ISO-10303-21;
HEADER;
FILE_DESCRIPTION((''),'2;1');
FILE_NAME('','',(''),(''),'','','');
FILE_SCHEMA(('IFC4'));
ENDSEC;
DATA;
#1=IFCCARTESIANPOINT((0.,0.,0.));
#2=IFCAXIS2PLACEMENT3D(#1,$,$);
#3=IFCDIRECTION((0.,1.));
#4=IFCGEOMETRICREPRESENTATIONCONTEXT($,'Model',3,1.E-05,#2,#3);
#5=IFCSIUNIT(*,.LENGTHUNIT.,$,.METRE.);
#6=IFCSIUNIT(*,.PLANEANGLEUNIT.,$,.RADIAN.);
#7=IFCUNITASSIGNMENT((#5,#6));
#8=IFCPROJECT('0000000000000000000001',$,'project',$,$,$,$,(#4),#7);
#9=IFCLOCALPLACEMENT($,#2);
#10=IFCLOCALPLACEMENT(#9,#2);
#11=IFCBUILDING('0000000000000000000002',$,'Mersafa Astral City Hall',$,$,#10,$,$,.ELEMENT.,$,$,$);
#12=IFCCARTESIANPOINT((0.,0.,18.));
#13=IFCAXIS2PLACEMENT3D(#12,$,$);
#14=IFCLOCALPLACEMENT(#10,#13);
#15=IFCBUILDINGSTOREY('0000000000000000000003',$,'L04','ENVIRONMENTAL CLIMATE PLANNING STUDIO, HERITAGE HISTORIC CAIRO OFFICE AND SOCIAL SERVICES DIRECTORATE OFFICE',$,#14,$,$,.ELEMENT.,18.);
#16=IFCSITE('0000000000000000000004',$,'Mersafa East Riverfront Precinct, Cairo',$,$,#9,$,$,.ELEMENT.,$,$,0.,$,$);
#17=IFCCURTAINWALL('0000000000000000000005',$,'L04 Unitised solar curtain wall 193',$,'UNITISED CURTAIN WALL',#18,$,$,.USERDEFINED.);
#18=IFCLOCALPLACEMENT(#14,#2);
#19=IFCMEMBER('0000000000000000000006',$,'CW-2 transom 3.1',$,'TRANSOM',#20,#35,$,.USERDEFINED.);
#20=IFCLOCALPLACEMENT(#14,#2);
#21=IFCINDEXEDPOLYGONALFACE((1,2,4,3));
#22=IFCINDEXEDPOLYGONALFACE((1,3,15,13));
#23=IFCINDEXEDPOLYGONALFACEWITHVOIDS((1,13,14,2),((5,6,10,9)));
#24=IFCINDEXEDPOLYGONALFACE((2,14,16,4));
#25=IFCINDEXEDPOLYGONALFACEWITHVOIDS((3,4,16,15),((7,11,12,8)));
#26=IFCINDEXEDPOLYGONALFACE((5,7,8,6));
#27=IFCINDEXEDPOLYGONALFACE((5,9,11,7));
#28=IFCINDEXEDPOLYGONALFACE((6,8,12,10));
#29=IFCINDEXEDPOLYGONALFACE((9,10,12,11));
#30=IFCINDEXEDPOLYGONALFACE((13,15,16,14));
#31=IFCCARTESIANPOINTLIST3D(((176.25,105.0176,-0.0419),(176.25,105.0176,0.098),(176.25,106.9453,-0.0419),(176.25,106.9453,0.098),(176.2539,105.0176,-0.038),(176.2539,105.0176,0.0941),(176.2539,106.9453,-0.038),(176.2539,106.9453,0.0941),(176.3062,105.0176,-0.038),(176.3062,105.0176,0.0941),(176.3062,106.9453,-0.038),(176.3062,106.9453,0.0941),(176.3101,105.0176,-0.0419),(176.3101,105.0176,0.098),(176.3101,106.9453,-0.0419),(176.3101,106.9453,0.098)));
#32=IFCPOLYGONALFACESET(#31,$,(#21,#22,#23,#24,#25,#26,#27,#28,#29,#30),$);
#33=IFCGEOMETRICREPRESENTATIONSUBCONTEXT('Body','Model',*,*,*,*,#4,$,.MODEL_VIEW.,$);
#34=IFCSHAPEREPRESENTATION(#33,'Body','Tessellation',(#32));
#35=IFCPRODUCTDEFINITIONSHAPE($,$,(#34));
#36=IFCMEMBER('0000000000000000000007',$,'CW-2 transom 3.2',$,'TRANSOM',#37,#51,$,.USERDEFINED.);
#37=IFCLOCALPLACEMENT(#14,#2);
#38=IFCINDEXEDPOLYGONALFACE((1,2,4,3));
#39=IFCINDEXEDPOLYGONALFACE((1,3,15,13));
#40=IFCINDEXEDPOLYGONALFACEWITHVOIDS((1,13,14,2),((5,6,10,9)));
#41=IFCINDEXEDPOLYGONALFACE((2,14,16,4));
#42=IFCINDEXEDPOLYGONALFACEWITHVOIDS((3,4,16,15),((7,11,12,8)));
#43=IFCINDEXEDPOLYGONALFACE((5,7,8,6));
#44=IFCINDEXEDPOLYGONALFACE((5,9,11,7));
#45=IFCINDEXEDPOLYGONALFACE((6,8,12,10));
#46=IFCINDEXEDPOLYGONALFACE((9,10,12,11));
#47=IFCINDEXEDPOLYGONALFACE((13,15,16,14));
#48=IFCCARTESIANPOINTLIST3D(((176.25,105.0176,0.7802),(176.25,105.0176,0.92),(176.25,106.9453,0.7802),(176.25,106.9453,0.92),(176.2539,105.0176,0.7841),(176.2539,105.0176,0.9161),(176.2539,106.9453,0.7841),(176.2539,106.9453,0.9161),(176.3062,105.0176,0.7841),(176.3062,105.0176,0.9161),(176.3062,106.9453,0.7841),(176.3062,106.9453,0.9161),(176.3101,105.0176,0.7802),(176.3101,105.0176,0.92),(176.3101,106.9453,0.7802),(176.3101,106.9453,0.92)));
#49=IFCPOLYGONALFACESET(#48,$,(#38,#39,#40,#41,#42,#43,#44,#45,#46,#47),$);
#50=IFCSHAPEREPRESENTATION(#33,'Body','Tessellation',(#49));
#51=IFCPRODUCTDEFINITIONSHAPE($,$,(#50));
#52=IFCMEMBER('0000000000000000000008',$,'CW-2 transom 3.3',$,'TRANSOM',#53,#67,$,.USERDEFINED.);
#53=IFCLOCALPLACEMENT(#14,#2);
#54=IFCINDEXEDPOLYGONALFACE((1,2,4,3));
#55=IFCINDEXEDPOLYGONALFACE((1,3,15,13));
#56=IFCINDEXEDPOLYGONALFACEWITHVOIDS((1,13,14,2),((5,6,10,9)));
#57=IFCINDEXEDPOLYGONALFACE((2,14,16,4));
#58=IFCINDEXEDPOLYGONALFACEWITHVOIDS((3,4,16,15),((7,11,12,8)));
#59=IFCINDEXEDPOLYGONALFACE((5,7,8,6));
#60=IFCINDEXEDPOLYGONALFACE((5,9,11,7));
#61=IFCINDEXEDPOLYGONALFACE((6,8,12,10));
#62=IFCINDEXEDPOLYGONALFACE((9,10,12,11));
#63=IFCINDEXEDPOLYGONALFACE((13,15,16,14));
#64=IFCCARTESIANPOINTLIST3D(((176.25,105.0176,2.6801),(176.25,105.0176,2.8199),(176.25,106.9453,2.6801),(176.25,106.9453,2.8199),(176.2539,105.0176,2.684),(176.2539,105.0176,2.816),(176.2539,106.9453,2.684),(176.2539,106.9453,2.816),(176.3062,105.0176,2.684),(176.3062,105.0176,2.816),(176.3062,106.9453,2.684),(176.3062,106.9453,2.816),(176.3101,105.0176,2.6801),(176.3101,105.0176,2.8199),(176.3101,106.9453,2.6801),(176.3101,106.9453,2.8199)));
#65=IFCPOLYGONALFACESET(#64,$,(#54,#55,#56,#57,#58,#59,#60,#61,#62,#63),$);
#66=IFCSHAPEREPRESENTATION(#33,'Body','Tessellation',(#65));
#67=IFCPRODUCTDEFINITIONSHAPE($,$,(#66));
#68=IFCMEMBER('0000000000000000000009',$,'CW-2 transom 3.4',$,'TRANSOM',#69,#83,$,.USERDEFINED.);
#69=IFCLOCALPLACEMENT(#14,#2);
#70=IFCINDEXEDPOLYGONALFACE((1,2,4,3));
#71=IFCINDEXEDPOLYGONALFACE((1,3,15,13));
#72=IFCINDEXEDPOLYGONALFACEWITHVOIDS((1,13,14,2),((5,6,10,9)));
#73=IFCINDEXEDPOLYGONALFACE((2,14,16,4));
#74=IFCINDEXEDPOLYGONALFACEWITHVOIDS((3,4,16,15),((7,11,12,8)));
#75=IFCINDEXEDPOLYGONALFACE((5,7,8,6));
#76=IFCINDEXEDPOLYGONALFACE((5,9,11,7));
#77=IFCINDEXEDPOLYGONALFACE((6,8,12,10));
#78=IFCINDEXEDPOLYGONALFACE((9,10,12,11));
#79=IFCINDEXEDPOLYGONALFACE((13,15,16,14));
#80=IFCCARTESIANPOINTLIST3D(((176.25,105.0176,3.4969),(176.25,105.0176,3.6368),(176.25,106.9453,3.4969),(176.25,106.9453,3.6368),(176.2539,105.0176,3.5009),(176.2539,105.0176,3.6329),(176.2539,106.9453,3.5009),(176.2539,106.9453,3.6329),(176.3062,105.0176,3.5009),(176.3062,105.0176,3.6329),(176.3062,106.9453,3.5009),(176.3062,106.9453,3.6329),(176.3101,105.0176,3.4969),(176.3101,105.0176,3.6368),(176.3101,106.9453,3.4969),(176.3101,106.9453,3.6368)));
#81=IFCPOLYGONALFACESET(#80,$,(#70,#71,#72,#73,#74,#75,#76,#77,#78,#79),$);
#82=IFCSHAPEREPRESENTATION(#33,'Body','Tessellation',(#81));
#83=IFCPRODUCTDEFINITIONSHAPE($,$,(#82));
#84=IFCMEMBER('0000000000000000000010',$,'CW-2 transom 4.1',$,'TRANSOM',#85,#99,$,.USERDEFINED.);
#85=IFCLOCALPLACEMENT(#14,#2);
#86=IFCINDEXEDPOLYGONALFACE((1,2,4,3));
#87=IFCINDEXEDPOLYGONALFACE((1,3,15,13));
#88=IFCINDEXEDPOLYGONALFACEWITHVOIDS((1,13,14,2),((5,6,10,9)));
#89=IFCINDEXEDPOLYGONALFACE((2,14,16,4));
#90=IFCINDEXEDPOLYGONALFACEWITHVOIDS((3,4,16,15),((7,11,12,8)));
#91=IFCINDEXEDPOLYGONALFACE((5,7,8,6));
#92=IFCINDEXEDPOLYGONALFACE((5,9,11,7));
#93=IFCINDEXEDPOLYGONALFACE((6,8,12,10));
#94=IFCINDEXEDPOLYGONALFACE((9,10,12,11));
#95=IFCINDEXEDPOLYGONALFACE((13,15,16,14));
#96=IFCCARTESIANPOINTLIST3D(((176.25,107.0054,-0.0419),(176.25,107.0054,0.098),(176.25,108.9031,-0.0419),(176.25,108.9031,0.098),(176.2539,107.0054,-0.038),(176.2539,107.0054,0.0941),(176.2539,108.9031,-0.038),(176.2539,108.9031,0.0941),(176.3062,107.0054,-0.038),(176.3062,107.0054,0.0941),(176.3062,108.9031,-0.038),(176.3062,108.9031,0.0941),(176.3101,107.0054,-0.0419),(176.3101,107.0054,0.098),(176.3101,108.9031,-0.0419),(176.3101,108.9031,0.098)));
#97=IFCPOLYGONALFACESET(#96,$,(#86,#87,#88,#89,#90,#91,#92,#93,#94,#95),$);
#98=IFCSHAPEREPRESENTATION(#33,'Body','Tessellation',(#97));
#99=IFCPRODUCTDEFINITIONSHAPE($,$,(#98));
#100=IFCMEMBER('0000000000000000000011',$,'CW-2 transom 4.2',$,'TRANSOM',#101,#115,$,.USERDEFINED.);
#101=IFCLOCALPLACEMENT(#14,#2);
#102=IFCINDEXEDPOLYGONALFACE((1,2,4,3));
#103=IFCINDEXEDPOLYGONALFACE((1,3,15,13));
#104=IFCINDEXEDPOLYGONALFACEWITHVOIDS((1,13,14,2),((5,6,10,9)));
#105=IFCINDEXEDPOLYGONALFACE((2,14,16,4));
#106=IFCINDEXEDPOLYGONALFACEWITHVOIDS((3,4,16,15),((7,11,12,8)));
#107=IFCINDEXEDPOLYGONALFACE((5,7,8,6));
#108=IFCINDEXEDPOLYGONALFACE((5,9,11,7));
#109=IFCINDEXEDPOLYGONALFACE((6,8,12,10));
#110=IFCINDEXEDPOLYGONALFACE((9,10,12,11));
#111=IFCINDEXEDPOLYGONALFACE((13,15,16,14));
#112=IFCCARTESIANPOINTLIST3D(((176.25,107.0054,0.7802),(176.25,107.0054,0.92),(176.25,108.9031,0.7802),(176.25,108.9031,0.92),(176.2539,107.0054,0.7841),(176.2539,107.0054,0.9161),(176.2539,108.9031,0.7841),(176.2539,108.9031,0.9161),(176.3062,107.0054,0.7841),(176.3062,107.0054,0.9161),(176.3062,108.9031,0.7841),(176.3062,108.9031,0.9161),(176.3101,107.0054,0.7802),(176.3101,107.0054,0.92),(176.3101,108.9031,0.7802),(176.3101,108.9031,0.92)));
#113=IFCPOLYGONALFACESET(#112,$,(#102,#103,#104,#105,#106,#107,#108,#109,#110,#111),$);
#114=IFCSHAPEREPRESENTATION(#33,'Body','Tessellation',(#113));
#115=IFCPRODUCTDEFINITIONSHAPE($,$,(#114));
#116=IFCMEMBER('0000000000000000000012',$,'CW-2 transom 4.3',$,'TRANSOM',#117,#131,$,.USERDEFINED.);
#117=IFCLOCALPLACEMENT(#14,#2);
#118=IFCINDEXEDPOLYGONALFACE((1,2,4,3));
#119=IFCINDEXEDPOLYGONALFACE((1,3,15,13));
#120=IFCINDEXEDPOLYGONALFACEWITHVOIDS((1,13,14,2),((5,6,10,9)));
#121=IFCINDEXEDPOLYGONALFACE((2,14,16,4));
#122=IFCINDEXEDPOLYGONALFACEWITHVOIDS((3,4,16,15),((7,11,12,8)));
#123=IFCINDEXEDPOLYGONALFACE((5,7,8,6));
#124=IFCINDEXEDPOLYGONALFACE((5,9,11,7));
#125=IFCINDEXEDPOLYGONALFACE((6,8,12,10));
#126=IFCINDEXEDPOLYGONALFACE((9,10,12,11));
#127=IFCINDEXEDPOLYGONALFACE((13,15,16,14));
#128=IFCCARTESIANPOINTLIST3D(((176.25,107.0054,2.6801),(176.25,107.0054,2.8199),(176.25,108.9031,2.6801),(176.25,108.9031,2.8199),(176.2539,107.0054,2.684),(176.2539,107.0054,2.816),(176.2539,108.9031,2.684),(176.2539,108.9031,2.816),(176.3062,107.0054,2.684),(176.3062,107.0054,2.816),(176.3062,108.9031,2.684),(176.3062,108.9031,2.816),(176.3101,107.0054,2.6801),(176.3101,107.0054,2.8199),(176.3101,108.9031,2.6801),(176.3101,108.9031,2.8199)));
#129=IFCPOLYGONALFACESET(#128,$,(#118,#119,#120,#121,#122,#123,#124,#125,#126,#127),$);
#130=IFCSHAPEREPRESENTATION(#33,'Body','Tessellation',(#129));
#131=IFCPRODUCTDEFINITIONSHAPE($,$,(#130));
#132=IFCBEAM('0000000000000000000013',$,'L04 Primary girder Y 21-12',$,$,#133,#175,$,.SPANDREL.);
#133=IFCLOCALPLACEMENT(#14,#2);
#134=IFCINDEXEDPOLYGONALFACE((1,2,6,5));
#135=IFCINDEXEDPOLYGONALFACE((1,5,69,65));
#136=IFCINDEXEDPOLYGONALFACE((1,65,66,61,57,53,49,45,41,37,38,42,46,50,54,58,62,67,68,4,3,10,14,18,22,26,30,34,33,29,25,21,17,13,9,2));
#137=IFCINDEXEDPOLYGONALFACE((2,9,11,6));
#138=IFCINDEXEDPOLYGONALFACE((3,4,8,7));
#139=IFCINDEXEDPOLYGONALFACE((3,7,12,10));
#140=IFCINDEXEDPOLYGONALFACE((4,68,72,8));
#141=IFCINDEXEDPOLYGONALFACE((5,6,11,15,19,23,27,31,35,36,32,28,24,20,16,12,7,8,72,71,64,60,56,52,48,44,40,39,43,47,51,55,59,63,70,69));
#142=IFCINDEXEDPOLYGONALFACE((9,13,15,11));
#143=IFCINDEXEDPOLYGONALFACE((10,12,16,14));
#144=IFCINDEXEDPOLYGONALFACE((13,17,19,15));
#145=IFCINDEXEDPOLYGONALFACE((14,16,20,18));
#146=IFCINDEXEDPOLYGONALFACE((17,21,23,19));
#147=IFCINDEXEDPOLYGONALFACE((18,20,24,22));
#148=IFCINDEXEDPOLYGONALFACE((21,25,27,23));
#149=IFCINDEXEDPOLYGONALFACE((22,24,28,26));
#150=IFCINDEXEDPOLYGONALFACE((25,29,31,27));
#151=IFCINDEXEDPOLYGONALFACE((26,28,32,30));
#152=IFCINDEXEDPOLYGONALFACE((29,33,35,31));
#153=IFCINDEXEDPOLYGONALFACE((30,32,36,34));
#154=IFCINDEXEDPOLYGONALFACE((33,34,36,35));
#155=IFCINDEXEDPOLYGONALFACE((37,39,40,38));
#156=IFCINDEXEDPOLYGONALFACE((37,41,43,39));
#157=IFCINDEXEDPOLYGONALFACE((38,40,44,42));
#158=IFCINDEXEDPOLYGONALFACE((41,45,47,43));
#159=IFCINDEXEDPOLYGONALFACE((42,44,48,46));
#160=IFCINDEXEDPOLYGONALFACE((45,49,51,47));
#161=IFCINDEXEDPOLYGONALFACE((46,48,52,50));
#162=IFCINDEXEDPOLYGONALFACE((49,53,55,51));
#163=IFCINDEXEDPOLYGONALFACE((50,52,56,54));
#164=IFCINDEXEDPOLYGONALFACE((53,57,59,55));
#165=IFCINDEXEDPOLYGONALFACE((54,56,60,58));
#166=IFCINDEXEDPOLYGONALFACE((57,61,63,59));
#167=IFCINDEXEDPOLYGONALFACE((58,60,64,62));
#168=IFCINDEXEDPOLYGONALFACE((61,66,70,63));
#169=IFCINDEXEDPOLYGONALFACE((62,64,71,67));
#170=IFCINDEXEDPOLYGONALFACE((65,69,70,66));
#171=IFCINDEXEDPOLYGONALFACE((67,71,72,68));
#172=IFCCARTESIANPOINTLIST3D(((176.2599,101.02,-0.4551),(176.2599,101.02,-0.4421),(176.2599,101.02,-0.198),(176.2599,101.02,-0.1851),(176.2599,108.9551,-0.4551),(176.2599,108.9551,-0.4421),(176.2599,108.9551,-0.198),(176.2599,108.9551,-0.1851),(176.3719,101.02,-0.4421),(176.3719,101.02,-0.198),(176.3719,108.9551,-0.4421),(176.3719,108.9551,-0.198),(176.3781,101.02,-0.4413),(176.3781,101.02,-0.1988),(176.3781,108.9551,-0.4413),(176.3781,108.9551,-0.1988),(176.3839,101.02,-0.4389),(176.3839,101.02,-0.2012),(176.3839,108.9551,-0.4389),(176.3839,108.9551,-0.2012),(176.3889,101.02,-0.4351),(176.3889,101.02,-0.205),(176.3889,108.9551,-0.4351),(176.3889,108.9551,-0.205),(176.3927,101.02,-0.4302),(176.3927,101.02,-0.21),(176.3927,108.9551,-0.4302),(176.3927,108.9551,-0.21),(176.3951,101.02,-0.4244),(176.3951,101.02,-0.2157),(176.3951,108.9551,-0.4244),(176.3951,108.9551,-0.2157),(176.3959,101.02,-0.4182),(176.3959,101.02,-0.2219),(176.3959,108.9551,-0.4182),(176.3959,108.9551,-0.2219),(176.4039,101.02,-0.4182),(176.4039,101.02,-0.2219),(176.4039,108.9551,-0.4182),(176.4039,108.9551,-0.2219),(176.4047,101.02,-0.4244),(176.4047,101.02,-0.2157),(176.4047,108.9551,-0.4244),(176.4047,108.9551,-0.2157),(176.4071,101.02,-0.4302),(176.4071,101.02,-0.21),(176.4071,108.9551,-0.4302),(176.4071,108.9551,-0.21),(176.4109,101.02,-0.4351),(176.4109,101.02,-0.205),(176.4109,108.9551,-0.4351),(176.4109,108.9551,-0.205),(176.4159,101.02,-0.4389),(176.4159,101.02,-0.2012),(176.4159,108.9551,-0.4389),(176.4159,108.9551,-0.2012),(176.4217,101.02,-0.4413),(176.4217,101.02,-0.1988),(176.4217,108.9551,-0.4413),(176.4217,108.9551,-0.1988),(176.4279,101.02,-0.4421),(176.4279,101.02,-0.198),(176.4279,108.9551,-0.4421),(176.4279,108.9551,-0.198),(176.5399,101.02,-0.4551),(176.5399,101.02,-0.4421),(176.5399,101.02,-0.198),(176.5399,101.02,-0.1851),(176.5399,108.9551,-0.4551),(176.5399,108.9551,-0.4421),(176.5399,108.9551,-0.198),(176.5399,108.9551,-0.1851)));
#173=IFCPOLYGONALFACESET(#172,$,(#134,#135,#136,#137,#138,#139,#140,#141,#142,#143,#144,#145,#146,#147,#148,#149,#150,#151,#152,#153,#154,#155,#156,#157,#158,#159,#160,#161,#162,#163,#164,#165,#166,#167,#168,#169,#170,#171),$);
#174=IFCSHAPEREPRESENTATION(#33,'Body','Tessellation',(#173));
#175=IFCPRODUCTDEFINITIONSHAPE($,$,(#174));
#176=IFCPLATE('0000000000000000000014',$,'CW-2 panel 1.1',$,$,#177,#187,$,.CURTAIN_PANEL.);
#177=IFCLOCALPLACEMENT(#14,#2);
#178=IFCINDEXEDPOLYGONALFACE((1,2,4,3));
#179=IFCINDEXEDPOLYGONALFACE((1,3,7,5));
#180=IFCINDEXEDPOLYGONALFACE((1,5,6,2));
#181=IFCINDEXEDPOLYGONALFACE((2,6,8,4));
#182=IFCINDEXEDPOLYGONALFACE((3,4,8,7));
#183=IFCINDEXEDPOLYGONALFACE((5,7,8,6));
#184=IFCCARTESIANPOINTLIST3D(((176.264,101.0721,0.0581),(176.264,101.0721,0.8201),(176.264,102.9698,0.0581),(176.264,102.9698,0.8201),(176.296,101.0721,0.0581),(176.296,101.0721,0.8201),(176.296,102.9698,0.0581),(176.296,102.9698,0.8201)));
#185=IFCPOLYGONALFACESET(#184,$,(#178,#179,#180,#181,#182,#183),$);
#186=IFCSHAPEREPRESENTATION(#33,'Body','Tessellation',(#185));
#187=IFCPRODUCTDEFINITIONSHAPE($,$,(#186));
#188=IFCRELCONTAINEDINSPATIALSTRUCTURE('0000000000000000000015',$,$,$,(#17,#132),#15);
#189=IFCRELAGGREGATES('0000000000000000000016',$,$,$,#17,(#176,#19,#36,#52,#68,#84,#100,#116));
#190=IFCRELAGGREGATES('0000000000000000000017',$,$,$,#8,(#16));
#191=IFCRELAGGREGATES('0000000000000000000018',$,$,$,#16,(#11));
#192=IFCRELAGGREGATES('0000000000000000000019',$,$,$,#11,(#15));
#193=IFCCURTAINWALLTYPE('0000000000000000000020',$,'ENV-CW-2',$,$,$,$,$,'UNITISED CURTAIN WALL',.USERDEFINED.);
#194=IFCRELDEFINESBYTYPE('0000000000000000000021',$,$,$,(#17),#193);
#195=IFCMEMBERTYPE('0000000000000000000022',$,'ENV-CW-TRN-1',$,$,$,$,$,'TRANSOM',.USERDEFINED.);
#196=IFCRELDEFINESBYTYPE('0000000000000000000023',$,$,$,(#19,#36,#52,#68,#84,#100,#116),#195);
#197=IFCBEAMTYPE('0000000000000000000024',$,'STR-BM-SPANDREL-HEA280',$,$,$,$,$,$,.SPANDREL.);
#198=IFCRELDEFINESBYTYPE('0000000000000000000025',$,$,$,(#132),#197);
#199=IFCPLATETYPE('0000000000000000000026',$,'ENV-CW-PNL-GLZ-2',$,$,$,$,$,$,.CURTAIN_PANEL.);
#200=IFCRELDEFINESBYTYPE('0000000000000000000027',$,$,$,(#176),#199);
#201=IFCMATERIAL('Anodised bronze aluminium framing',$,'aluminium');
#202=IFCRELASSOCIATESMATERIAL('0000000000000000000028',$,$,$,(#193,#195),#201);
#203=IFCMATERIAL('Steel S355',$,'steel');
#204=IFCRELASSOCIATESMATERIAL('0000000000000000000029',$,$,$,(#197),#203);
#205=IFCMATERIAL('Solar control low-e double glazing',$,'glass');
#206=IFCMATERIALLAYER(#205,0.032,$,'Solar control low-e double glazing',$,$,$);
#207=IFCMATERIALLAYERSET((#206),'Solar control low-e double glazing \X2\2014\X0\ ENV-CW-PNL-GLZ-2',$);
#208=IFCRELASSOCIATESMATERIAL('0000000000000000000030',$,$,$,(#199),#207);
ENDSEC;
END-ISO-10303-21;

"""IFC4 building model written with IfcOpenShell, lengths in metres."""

from ifc_helpers import new_model, si_unit, direction, frame, origin, origin_2d, place, context, subcontext, project, spatial, rectangle, hollow_rectangle, i_section, extrude, material, layer, layer_set, material_profile, profile_set, type_object, element, aggregate, save


model = new_model("IFC4")

# Units and contexts
model_context = context("Model", 3, precision=1e-05, world=origin(), true_north=direction((0.0, 1.0)))
body_context = subcontext(model_context, "Body", "Model", "MODEL_VIEW")
ifc_project = project(units=[si_unit("LENGTHUNIT", "METRE"), si_unit("PLANEANGLEUNIT", "RADIAN")], contexts=[model_context])

# Site, building, storey
site_placement = place(None, origin())
site = spatial("IfcSite", under=ifc_project, at=site_placement, Name="Mersafa East Riverfront Precinct, Cairo", CompositionType="ELEMENT", RefElevation=0.0)
building_placement = place(site_placement, origin())
building = spatial("IfcBuilding", under=site, at=building_placement, Name="Mersafa Astral City Hall", CompositionType="ELEMENT")
storey_placement = place(building_placement, frame((0.0, 0.0, 18.0)))
storey = spatial("IfcBuildingStorey", under=building, at=storey_placement, Name="L04", Description="ENVIRONMENTAL CLIMATE PLANNING STUDIO, HERITAGE HISTORIC CAIRO OFFICE AND SOCIAL SERVICES DIRECTORATE OFFICE", CompositionType="ELEMENT", Elevation=18.0)

# Curtain wall, members
ifc_material_1 = material(Name="Anodised bronze aluminium framing", Category="aluminium")
curtain_wall_type = type_object("IfcCurtainWallType", Name="ENV-CW-2", ElementType="UNITISED CURTAIN WALL", PredefinedType="USERDEFINED", material=ifc_material_1)
curtain_wall_placement = place(storey_placement, origin())
curtain_wall = element("IfcCurtainWall", 1, at=curtain_wall_placement, inside=storey, type_object=curtain_wall_type, Name="L04 Unitised solar curtain wall 193", ObjectType="UNITISED CURTAIN WALL", PredefinedType="USERDEFINED")
ifc_material_profile_1 = material_profile(ifc_material_1, hollow_rectangle(XDim=0.0601, YDim=0.1399, WallThickness=0.0039, at=origin_2d()), Name="RHS 60x140x4")
ifc_profile_set_1 = profile_set([ifc_material_profile_1], Name="Anodised bronze aluminium framing")
member_type_1 = type_object("IfcMemberType", Name="ENV-CW-TRN-1", ElementType="TRANSOM", PredefinedType="USERDEFINED", material=ifc_profile_set_1)
member_1_placement = place(storey_placement, frame((176.28, 105.0176, 0.0281), z_axis=(0.0, 1.0, 0.0), x_axis=(-1.0, 0.0, 0.0)))
member_1 = element("IfcMember", 2, at=member_1_placement, type_object=member_type_1, Name="CW-2 transom 3.1", ObjectType="TRANSOM", PredefinedType="USERDEFINED", context=body_context, shape_type="SweptSolid", body=[
    extrude(hollow_rectangle(XDim=0.0601, YDim=0.1399, WallThickness=0.0039, at=origin_2d()), origin(), (0.0, 0.0, 1.0), 1.9277),
])
member_2_placement = place(storey_placement, frame((176.28, 105.0176, 0.8501), z_axis=(0.0, 1.0, 0.0), x_axis=(-1.0, 0.0, 0.0)))
member_2 = element("IfcMember", 3, at=member_2_placement, type_object=member_type_1, Name="CW-2 transom 3.2", ObjectType="TRANSOM", PredefinedType="USERDEFINED", context=body_context, shape_type="SweptSolid", body=[
    extrude(hollow_rectangle(XDim=0.0601, YDim=0.1399, WallThickness=0.0039, at=origin_2d()), origin(), (0.0, 0.0, 1.0), 1.9277),
])
member_3_placement = place(storey_placement, frame((176.28, 105.0176, 2.75), z_axis=(0.0, 1.0, 0.0), x_axis=(-1.0, 0.0, 0.0)))
member_3 = element("IfcMember", 4, at=member_3_placement, type_object=member_type_1, Name="CW-2 transom 3.3", ObjectType="TRANSOM", PredefinedType="USERDEFINED", context=body_context, shape_type="SweptSolid", body=[
    extrude(hollow_rectangle(XDim=0.0601, YDim=0.1399, WallThickness=0.0039, at=origin_2d()), origin(), (0.0, 0.0, 1.0), 1.9277),
])
member_4_placement = place(storey_placement, frame((176.28, 105.0176, 3.5669), z_axis=(0.0, 1.0, 0.0), x_axis=(-1.0, 0.0, 0.0)))
member_4 = element("IfcMember", 5, at=member_4_placement, type_object=member_type_1, Name="CW-2 transom 3.4", ObjectType="TRANSOM", PredefinedType="USERDEFINED", context=body_context, shape_type="SweptSolid", body=[
    extrude(hollow_rectangle(XDim=0.0601, YDim=0.1399, WallThickness=0.0039, at=origin_2d()), origin(), (0.0, 0.0, 1.0), 1.9277),
])
member_5_placement = place(storey_placement, frame((176.28, 107.0054, 0.0281), z_axis=(0.0, 1.0, 0.0), x_axis=(-1.0, 0.0, 0.0)))
member_5 = element("IfcMember", 6, at=member_5_placement, type_object=member_type_1, Name="CW-2 transom 4.1", ObjectType="TRANSOM", PredefinedType="USERDEFINED", context=body_context, shape_type="SweptSolid", body=[
    extrude(hollow_rectangle(XDim=0.0601, YDim=0.1399, WallThickness=0.0039, at=origin_2d()), origin(), (0.0, 0.0, 1.0), 1.8977),
])
member_6_placement = place(storey_placement, frame((176.28, 107.0054, 0.8501), z_axis=(0.0, 1.0, 0.0), x_axis=(-1.0, 0.0, 0.0)))
member_6 = element("IfcMember", 7, at=member_6_placement, type_object=member_type_1, Name="CW-2 transom 4.2", ObjectType="TRANSOM", PredefinedType="USERDEFINED", context=body_context, shape_type="SweptSolid", body=[
    extrude(hollow_rectangle(XDim=0.0601, YDim=0.1399, WallThickness=0.0039, at=origin_2d()), origin(), (0.0, 0.0, 1.0), 1.8977),
])
member_7_placement = place(storey_placement, frame((176.28, 107.0054, 2.75), z_axis=(0.0, 1.0, 0.0), x_axis=(-1.0, 0.0, 0.0)))
member_7 = element("IfcMember", 8, at=member_7_placement, type_object=member_type_1, Name="CW-2 transom 4.3", ObjectType="TRANSOM", PredefinedType="USERDEFINED", context=body_context, shape_type="SweptSolid", body=[
    extrude(hollow_rectangle(XDim=0.0601, YDim=0.1399, WallThickness=0.0039, at=origin_2d()), origin(), (0.0, 0.0, 1.0), 1.8977),
])

# Beam
ifc_material_2 = material(Name="Steel S355", Category="steel")
ifc_material_profile_2 = material_profile(ifc_material_2, i_section(OverallWidth=0.28, OverallDepth=0.27, WebThickness=0.0081, FlangeThickness=0.0129, FilletRadius=0.0239, at=origin_2d()), Name="HEA 280")
ifc_profile_set_2 = profile_set([ifc_material_profile_2], Name="Steel S355")
beam_type = type_object("IfcBeamType", Name="STR-BM-SPANDREL-HEA280", PredefinedType="SPANDREL", material=ifc_profile_set_2)
beam_placement = place(storey_placement, frame((176.3999, 101.02, -0.3201), z_axis=(0.0, 1.0, 0.0), x_axis=(-1.0, 0.0, 0.0)))
element("IfcBeam", 9, at=beam_placement, inside=storey, type_object=beam_type, Name="L04 Primary girder Y 21-12", PredefinedType="SPANDREL", context=body_context, shape_type="SweptSolid", body=[
    extrude(i_section(OverallWidth=0.28, OverallDepth=0.27, WebThickness=0.0081, FlangeThickness=0.0129, FilletRadius=0.0239, at=origin_2d()), origin(), (0.0, 0.0, 1.0), 7.9351),
])

# Plate
ifc_material_3 = material(Name="Solar control low-e double glazing", Category="glass")
ifc_layer = layer(ifc_material_3, 0.032, Name="Solar control low-e double glazing")
ifc_layer_set = layer_set([ifc_layer], Name="Solar control low-e double glazing — ENV-CW-PNL-GLZ-2")
plate_type = type_object("IfcPlateType", Name="ENV-CW-PNL-GLZ-2", PredefinedType="CURTAIN_PANEL", material=ifc_layer_set)
plate_1_placement = place(storey_placement, frame((176.28, 102.021, 0.0581), z_axis=(0.0, 0.0, 1.0), x_axis=(0.0, 1.0, 0.0)))
plate_1 = element("IfcPlate", 10, at=plate_1_placement, type_object=plate_type, Name="CW-2 panel 1.1", PredefinedType="CURTAIN_PANEL", context=body_context, shape_type="SweptSolid", body=[
    extrude(rectangle(XDim=1.8977, YDim=0.032, at=origin_2d()), origin(), (0.0, 0.0, 1.0), 0.762),
])
aggregate(curtain_wall, [plate_1, member_1, member_2, member_3, member_4, member_5, member_6, member_7])

save(model, "model.ifc")
